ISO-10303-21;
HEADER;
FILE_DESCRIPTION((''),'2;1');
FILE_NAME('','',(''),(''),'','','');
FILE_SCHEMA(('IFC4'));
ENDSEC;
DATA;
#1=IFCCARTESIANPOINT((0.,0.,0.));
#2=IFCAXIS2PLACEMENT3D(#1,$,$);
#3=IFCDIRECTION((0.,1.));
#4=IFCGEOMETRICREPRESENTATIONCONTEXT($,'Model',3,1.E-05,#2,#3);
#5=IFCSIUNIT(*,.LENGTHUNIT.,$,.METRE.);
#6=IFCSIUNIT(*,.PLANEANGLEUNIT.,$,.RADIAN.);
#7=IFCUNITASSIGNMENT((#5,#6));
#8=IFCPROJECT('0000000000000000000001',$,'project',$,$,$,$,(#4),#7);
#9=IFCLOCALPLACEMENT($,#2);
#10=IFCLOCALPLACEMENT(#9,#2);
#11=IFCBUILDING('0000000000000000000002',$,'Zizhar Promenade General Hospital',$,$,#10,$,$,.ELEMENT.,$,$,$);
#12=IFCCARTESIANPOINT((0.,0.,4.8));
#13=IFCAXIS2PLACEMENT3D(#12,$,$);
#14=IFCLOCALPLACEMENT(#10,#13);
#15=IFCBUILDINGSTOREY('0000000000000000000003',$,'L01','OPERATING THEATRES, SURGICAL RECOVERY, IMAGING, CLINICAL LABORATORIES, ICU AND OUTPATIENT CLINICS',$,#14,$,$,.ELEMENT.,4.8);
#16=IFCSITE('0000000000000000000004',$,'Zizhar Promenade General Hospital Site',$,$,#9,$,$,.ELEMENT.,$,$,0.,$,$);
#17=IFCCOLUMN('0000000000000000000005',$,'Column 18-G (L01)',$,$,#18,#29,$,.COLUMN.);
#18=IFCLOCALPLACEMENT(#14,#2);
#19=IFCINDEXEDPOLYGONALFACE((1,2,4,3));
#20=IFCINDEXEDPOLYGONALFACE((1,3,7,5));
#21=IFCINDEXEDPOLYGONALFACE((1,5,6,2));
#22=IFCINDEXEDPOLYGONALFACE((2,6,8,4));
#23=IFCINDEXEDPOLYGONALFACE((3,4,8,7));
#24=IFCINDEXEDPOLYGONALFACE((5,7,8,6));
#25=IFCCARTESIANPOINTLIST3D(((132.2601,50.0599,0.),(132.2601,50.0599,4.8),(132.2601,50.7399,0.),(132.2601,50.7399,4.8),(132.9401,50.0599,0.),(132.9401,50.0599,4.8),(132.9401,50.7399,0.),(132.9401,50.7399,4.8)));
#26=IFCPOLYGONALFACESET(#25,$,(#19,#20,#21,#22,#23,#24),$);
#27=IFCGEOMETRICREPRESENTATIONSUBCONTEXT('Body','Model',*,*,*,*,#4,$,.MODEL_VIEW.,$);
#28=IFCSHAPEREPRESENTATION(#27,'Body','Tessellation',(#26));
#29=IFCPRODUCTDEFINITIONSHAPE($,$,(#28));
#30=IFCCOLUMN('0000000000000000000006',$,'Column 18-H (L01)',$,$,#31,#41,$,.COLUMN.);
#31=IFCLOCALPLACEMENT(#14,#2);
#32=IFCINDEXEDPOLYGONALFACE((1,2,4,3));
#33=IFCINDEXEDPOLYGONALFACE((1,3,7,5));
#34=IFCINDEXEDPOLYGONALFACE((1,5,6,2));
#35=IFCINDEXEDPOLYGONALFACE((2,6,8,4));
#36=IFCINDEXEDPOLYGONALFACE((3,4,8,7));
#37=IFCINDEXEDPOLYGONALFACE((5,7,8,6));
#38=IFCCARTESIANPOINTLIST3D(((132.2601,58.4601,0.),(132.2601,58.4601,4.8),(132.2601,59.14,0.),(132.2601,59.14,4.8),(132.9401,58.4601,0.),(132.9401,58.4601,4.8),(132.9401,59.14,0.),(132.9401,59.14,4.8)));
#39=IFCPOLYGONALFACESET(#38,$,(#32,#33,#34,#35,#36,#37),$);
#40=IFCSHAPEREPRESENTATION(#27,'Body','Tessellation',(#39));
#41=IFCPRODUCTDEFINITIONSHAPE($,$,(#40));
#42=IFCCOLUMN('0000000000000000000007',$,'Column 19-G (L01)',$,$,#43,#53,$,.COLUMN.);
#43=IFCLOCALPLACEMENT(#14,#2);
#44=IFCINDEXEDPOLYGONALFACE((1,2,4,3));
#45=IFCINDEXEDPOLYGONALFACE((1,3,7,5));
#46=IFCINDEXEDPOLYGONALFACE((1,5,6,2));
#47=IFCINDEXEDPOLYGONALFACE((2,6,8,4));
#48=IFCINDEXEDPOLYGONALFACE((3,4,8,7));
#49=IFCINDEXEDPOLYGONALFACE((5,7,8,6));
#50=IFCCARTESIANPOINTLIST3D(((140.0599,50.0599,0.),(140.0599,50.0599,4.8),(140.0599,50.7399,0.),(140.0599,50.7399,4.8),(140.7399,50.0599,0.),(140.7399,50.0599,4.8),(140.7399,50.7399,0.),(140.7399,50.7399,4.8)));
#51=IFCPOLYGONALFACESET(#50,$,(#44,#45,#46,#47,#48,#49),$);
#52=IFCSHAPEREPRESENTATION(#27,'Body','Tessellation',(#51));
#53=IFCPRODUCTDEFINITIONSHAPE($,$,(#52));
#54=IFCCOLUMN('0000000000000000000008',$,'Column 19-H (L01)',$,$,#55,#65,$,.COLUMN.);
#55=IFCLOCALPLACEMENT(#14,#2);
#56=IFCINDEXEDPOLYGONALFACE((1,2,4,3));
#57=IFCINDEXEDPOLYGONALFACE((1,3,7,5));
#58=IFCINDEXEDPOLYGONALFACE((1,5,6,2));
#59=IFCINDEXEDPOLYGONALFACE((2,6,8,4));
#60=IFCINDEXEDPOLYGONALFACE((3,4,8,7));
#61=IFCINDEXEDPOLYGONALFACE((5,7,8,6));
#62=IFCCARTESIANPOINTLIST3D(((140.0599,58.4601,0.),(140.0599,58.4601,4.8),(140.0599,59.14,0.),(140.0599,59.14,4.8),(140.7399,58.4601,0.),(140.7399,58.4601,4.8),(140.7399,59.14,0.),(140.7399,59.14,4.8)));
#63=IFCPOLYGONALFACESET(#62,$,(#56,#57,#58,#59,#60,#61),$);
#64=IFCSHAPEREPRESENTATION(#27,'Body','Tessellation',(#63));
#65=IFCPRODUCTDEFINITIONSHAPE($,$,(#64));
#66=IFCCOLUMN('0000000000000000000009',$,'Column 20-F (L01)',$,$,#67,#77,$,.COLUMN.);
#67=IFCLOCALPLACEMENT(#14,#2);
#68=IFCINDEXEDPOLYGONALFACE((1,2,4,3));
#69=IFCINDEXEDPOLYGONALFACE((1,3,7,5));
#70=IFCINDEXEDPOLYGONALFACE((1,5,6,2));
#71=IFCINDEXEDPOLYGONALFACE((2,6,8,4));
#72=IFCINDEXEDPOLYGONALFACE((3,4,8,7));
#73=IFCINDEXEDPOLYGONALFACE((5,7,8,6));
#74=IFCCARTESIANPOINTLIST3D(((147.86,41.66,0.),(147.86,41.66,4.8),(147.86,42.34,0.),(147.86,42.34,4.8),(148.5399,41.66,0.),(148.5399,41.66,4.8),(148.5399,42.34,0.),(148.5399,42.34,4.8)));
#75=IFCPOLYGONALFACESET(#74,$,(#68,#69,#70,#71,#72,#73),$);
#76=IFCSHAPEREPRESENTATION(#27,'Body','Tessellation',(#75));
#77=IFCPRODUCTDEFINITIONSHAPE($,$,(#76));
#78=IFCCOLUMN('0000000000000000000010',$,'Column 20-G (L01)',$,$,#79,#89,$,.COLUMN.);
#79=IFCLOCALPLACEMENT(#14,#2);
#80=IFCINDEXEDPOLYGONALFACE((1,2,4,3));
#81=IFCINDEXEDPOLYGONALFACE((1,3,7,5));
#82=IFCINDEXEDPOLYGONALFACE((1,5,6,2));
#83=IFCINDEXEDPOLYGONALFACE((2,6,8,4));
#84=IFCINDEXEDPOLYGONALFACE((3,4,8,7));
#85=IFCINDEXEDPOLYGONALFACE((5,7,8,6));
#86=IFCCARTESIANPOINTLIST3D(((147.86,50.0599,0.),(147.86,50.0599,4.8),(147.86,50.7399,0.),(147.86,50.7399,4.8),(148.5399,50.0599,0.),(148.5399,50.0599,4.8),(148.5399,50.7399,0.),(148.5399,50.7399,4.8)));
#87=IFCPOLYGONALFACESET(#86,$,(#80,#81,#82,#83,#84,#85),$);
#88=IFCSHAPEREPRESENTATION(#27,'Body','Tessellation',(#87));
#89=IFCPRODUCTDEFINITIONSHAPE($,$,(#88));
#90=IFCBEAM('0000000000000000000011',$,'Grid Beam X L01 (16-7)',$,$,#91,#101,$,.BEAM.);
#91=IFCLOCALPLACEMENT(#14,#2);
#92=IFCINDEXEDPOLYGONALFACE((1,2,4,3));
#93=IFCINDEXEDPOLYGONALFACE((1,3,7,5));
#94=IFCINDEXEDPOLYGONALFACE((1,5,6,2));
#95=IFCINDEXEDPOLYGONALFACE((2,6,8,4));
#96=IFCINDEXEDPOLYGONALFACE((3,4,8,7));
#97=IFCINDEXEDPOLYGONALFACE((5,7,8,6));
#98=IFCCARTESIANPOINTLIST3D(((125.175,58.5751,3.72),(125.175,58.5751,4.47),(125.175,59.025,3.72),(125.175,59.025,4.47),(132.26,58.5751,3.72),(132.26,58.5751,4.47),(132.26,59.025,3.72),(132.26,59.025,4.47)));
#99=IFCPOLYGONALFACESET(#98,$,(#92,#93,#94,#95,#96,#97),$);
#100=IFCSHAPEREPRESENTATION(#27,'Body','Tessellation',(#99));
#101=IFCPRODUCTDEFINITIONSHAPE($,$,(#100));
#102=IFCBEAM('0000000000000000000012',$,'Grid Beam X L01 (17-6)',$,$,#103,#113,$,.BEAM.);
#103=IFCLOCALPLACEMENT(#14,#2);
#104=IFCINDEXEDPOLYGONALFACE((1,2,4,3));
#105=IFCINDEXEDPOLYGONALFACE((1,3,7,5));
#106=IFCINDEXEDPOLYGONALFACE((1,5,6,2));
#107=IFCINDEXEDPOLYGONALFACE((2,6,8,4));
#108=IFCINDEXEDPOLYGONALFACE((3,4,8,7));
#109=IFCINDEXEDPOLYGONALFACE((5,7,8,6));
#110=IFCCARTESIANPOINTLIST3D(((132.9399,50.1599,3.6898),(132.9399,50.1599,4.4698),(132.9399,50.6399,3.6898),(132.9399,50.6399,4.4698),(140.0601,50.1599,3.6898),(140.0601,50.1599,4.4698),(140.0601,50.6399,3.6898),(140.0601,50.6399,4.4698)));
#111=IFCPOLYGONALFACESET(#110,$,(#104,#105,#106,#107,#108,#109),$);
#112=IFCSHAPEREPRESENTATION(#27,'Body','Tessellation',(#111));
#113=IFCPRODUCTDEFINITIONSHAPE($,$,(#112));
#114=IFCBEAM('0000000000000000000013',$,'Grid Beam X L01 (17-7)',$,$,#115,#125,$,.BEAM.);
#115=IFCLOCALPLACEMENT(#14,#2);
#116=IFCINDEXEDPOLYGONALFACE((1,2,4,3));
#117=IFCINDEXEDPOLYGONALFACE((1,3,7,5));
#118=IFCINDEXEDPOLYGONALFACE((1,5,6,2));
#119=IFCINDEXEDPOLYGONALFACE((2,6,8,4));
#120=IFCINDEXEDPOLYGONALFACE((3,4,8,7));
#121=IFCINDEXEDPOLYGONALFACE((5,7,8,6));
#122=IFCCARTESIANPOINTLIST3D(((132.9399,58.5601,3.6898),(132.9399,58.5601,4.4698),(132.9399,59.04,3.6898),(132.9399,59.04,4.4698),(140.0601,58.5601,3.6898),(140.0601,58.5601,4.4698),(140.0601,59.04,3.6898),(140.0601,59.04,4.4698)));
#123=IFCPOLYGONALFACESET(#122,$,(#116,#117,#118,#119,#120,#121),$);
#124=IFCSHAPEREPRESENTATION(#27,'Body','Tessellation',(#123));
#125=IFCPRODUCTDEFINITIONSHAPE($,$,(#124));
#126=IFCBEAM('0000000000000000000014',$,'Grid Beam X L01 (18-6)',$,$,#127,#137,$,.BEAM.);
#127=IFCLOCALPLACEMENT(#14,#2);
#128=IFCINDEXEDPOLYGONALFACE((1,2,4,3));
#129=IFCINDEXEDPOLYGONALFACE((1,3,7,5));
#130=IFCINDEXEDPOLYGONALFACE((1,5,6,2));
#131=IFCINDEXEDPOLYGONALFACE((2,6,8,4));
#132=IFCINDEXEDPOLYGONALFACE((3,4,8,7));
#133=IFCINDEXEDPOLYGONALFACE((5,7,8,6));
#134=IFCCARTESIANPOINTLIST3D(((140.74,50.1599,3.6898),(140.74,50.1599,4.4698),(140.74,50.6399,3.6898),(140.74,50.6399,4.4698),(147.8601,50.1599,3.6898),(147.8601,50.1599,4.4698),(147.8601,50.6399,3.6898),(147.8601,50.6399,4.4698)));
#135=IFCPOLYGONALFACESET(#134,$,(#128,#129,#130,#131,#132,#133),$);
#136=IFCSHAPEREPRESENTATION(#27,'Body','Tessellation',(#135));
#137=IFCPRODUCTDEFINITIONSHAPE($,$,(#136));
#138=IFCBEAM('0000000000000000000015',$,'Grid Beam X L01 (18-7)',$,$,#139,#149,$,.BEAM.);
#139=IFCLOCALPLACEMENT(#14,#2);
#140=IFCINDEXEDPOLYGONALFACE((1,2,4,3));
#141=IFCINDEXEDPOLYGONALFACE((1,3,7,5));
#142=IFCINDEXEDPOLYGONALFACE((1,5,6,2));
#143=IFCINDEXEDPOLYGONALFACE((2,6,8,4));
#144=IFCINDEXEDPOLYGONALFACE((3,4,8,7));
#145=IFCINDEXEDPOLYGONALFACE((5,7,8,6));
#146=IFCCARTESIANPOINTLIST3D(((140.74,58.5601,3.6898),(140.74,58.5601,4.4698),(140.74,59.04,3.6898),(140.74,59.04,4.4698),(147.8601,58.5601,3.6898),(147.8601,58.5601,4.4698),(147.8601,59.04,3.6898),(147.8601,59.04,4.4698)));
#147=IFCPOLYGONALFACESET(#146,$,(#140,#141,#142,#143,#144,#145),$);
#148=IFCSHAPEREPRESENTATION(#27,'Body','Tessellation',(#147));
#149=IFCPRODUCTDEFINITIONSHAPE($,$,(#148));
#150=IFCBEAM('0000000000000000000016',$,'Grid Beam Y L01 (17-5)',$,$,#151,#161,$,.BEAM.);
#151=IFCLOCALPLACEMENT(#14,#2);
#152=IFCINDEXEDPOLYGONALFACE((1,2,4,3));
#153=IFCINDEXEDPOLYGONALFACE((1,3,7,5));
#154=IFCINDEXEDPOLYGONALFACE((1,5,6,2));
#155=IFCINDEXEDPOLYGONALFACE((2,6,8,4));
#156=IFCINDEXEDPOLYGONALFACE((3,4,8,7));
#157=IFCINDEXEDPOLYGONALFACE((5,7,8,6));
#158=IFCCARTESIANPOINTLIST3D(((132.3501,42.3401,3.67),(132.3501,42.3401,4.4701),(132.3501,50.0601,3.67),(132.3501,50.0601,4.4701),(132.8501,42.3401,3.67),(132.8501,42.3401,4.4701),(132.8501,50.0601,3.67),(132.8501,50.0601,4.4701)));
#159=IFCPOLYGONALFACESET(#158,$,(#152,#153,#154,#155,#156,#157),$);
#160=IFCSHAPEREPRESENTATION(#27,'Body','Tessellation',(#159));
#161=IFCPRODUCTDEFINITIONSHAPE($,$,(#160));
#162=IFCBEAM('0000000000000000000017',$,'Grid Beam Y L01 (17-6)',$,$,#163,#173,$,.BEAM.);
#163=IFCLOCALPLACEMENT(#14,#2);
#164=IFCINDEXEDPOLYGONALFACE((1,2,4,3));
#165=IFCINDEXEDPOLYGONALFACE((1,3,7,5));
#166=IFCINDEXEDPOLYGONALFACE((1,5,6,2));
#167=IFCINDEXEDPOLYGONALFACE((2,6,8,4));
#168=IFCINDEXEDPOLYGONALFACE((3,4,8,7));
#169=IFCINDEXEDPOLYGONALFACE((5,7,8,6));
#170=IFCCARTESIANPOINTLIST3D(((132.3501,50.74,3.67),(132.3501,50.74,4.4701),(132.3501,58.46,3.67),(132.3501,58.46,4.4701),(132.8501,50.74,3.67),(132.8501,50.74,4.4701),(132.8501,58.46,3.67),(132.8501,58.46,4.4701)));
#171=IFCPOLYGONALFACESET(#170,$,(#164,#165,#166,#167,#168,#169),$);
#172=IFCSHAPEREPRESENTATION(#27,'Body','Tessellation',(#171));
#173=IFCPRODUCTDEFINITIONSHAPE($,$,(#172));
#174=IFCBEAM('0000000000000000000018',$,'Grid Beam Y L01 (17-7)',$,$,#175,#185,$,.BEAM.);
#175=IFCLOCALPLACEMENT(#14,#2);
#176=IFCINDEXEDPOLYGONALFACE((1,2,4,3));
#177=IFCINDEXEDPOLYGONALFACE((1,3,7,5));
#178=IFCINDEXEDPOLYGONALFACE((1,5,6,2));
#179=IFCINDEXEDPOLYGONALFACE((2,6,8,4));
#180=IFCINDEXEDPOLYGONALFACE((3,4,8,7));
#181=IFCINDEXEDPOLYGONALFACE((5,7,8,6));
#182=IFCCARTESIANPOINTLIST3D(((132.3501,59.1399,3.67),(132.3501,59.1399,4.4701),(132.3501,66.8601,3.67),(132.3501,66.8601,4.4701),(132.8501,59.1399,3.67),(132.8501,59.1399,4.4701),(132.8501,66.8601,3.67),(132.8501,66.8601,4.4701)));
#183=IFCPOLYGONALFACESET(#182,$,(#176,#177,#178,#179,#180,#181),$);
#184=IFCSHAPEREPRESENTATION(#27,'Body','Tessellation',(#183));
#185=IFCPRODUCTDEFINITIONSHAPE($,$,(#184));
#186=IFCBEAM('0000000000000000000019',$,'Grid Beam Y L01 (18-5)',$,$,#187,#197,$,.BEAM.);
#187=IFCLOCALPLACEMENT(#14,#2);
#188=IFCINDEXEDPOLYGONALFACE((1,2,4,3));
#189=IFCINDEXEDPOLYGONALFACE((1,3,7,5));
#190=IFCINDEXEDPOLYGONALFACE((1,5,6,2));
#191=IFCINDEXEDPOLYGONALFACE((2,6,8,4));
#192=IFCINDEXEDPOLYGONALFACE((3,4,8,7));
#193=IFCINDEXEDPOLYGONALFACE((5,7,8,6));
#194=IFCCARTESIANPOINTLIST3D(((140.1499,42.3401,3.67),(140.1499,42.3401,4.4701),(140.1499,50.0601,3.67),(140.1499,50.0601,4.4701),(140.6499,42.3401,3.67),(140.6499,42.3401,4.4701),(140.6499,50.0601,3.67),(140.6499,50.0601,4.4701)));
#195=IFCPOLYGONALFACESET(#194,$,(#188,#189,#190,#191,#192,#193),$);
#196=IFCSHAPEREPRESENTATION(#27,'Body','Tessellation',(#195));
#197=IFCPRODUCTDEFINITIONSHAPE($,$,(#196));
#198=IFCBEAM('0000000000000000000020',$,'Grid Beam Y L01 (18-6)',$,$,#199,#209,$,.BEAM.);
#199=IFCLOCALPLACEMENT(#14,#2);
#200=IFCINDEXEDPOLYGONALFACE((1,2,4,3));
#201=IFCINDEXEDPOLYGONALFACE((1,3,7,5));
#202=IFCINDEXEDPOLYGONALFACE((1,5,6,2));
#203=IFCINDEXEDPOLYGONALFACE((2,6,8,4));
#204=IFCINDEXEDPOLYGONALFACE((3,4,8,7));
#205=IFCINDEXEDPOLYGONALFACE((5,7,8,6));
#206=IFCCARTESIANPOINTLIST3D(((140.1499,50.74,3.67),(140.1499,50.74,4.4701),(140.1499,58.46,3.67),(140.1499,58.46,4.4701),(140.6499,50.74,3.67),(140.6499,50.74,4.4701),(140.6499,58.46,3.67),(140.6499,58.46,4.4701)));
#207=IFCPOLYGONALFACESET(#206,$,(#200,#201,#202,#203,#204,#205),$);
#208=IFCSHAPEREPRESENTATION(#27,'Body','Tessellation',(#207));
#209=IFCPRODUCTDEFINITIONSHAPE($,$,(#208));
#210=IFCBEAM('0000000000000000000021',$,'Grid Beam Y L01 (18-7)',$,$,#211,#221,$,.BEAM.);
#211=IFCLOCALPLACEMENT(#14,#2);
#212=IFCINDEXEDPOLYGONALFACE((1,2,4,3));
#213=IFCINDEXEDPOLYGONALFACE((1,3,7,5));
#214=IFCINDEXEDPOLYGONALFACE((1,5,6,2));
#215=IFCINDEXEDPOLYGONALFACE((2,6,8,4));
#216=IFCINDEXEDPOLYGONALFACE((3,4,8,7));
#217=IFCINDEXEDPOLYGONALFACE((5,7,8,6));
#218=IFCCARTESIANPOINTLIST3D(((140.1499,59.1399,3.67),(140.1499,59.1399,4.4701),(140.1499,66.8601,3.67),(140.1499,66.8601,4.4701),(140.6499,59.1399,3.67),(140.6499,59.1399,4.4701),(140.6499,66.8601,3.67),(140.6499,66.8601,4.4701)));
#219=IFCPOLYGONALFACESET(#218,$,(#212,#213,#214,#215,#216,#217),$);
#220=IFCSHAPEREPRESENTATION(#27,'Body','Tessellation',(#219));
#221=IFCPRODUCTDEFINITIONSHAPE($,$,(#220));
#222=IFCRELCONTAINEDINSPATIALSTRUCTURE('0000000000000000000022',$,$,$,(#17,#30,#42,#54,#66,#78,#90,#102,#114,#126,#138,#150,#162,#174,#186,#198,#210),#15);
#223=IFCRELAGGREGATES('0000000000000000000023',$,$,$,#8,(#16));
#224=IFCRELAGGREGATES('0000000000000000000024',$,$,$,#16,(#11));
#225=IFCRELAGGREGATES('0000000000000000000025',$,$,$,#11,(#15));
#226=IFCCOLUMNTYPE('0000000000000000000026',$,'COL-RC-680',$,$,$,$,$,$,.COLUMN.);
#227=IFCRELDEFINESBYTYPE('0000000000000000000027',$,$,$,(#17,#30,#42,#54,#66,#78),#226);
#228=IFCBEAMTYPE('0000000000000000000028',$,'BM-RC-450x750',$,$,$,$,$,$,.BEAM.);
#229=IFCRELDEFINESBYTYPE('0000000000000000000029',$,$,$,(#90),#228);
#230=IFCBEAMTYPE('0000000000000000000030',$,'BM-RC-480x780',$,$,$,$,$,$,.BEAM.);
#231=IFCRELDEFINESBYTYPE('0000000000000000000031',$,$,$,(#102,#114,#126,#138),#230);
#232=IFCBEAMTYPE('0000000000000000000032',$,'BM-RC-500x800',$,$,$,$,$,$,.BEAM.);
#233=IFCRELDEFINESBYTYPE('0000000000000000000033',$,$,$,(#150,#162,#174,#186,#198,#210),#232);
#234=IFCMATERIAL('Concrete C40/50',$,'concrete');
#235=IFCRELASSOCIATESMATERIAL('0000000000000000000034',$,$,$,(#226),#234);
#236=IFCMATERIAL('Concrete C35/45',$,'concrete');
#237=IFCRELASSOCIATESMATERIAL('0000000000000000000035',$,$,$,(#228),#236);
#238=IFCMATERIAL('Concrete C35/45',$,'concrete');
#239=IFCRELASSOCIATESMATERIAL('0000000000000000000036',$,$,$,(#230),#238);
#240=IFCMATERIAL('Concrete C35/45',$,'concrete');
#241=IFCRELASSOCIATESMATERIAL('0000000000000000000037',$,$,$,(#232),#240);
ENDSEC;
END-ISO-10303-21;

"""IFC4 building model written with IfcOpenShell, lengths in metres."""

from ifc_helpers import new_model, si_unit, direction, frame, origin, origin_2d, place, context, subcontext, project, spatial, rectangle, extrude, material, material_profile, profile_set, type_object, element, save


model = new_model("IFC4")

# Units and contexts
model_context = context("Model", 3, precision=1e-05, world=origin(), true_north=direction((0.0, 1.0)))
body_context = subcontext(model_context, "Body", "Model", "MODEL_VIEW")
ifc_project = project(units=[si_unit("LENGTHUNIT", "METRE"), si_unit("PLANEANGLEUNIT", "RADIAN")], contexts=[model_context])

# Site, building, storey
site_placement = place(None, origin())
site = spatial("IfcSite", under=ifc_project, at=site_placement, Name="Zizhar Promenade General Hospital Site", CompositionType="ELEMENT", RefElevation=0.0)
building_placement = place(site_placement, origin())
building = spatial("IfcBuilding", under=site, at=building_placement, Name="Zizhar Promenade General Hospital", CompositionType="ELEMENT")
storey_placement = place(building_placement, frame((0.0, 0.0, 4.8)))
storey = spatial("IfcBuildingStorey", under=building, at=storey_placement, Name="L01", Description="OPERATING THEATRES, SURGICAL RECOVERY, IMAGING, CLINICAL LABORATORIES, ICU AND OUTPATIENT CLINICS", CompositionType="ELEMENT", Elevation=4.8)

# Columns
ifc_material_1 = material(Name="Concrete C40/50", Category="concrete")
ifc_material_profile_1 = material_profile(ifc_material_1, rectangle(XDim=0.6799, YDim=0.6799, at=origin_2d()))
ifc_profile_set_1 = profile_set([ifc_material_profile_1], Name="Concrete C40/50")
column_type = type_object("IfcColumnType", Name="COL-RC-680", PredefinedType="COLUMN", material=ifc_profile_set_1)
for number, where, z_axis, x_axis, name in (
    (1, (132.6001, 50.3999, 0.0), (0.0, 0.0, 1.0), (1.0, 0.0, 0.0), "Column 18-G (L01)"),
    (2, (132.6001, 58.8, 0.0), (0.0, 0.0, 1.0), (1.0, 0.0, 0.0), "Column 18-H (L01)"),
    (3, (140.3999, 50.3999, 0.0), (0.0, 0.0, 1.0), (1.0, 0.0, 0.0), "Column 19-G (L01)"),
    (4, (140.3999, 58.8, 0.0), (0.0, 0.0, 1.0), (1.0, 0.0, 0.0), "Column 19-H (L01)"),
    (5, (148.2, 42.0, 0.0), (0.0, 0.0, 1.0), (1.0, 0.0, 0.0), "Column 20-F (L01)"),
    (6, (148.2, 50.3999, 0.0), (0.0, 0.0, 1.0), (1.0, 0.0, 0.0), "Column 20-G (L01)"),
):
    element("IfcColumn", number, at=place(storey_placement, frame(where, z_axis=z_axis, x_axis=x_axis)), inside=storey, type_object=column_type, Name=name, PredefinedType="COLUMN", context=body_context, shape_type="SweptSolid", body=[
        extrude(rectangle(XDim=0.6799, YDim=0.6799, at=origin_2d()), origin(), (0.0, 0.0, 1.0), 4.8),
    ])

# Beams
ifc_material_2 = material(Name="Concrete C35/45", Category="concrete")
ifc_material_profile_2 = material_profile(ifc_material_2, rectangle(XDim=0.45, YDim=0.75, at=origin_2d()))
ifc_profile_set_2 = profile_set([ifc_material_profile_2], Name="Concrete C35/45")
beam_type_1 = type_object("IfcBeamType", Name="BM-RC-450x750", PredefinedType="BEAM", material=ifc_profile_set_2)
beam_1_placement = place(storey_placement, frame((125.175, 58.8, 4.095), z_axis=(1.0, 0.0, 0.0), x_axis=(0.0, 1.0, 0.0)))
element("IfcBeam", 7, at=beam_1_placement, inside=storey, type_object=beam_type_1, Name="Grid Beam X L01 (16-7)", PredefinedType="BEAM", context=body_context, shape_type="SweptSolid", body=[
    extrude(rectangle(XDim=0.45, YDim=0.75, at=origin_2d()), origin(), (0.0, 0.0, 1.0), 7.085),
])
ifc_material_3 = material(Name="Concrete C35/45", Category="concrete")
ifc_material_profile_3 = material_profile(ifc_material_3, rectangle(XDim=0.48, YDim=0.78, at=origin_2d()))
ifc_profile_set_3 = profile_set([ifc_material_profile_3], Name="Concrete C35/45")
beam_type_2 = type_object("IfcBeamType", Name="BM-RC-480x780", PredefinedType="BEAM", material=ifc_profile_set_3)
for number, where, z_axis, x_axis, name in (
    (8, (132.9399, 50.3999, 4.0798), (1.0, 0.0, 0.0), (0.0, 1.0, 0.0), "Grid Beam X L01 (17-6)"),
    (9, (132.9399, 58.8, 4.0798), (1.0, 0.0, 0.0), (0.0, 1.0, 0.0), "Grid Beam X L01 (17-7)"),
    (10, (140.74, 50.3999, 4.0798), (1.0, 0.0, 0.0), (0.0, 1.0, 0.0), "Grid Beam X L01 (18-6)"),
    (11, (140.74, 58.8, 4.0798), (1.0, 0.0, 0.0), (0.0, 1.0, 0.0), "Grid Beam X L01 (18-7)"),
):
    element("IfcBeam", number, at=place(storey_placement, frame(where, z_axis=z_axis, x_axis=x_axis)), inside=storey, type_object=beam_type_2, Name=name, PredefinedType="BEAM", context=body_context, shape_type="SweptSolid", body=[
        extrude(rectangle(XDim=0.48, YDim=0.78, at=origin_2d()), origin(), (0.0, 0.0, 1.0), 7.1201),
    ])
ifc_material_4 = material(Name="Concrete C35/45", Category="concrete")
ifc_material_profile_4 = material_profile(ifc_material_4, rectangle(XDim=0.5, YDim=0.8, at=origin_2d()))
ifc_profile_set_4 = profile_set([ifc_material_profile_4], Name="Concrete C35/45")
beam_type_3 = type_object("IfcBeamType", Name="BM-RC-500x800", PredefinedType="BEAM", material=ifc_profile_set_4)
for number, where, z_axis, x_axis, name in (
    (12, (132.6001, 42.3401, 4.0701), (0.0, 1.0, 0.0), (-1.0, 0.0, 0.0), "Grid Beam Y L01 (17-5)"),
    (13, (132.6001, 50.74, 4.0701), (0.0, 1.0, 0.0), (-1.0, 0.0, 0.0), "Grid Beam Y L01 (17-6)"),
):
    element("IfcBeam", number, at=place(storey_placement, frame(where, z_axis=z_axis, x_axis=x_axis)), inside=storey, type_object=beam_type_3, Name=name, PredefinedType="BEAM", context=body_context, shape_type="SweptSolid", body=[
        extrude(rectangle(XDim=0.5, YDim=0.8, at=origin_2d()), origin(), (0.0, 0.0, 1.0), 7.72),
    ])
beam_2_placement = place(storey_placement, frame((132.6001, 59.1399, 4.0701), z_axis=(0.0, 1.0, 0.0), x_axis=(-1.0, 0.0, 0.0)))
element("IfcBeam", 14, at=beam_2_placement, inside=storey, type_object=beam_type_3, Name="Grid Beam Y L01 (17-7)", PredefinedType="BEAM", context=body_context, shape_type="SweptSolid", body=[
    extrude(rectangle(XDim=0.5, YDim=0.8, at=origin_2d()), origin(), (0.0, 0.0, 1.0), 7.7202),
])
for number, where, z_axis, x_axis, name in (
    (15, (140.3999, 42.3401, 4.0701), (0.0, 1.0, 0.0), (-1.0, 0.0, 0.0), "Grid Beam Y L01 (18-5)"),
    (16, (140.3999, 50.74, 4.0701), (0.0, 1.0, 0.0), (-1.0, 0.0, 0.0), "Grid Beam Y L01 (18-6)"),
):
    element("IfcBeam", number, at=place(storey_placement, frame(where, z_axis=z_axis, x_axis=x_axis)), inside=storey, type_object=beam_type_3, Name=name, PredefinedType="BEAM", context=body_context, shape_type="SweptSolid", body=[
        extrude(rectangle(XDim=0.5, YDim=0.8, at=origin_2d()), origin(), (0.0, 0.0, 1.0), 7.72),
    ])
beam_3_placement = place(storey_placement, frame((140.3999, 59.1399, 4.0701), z_axis=(0.0, 1.0, 0.0), x_axis=(-1.0, 0.0, 0.0)))
element("IfcBeam", 17, at=beam_3_placement, inside=storey, type_object=beam_type_3, Name="Grid Beam Y L01 (18-7)", PredefinedType="BEAM", context=body_context, shape_type="SweptSolid", body=[
    extrude(rectangle(XDim=0.5, YDim=0.8, at=origin_2d()), origin(), (0.0, 0.0, 1.0), 7.7202),
])

save(model, "model.ifc")
